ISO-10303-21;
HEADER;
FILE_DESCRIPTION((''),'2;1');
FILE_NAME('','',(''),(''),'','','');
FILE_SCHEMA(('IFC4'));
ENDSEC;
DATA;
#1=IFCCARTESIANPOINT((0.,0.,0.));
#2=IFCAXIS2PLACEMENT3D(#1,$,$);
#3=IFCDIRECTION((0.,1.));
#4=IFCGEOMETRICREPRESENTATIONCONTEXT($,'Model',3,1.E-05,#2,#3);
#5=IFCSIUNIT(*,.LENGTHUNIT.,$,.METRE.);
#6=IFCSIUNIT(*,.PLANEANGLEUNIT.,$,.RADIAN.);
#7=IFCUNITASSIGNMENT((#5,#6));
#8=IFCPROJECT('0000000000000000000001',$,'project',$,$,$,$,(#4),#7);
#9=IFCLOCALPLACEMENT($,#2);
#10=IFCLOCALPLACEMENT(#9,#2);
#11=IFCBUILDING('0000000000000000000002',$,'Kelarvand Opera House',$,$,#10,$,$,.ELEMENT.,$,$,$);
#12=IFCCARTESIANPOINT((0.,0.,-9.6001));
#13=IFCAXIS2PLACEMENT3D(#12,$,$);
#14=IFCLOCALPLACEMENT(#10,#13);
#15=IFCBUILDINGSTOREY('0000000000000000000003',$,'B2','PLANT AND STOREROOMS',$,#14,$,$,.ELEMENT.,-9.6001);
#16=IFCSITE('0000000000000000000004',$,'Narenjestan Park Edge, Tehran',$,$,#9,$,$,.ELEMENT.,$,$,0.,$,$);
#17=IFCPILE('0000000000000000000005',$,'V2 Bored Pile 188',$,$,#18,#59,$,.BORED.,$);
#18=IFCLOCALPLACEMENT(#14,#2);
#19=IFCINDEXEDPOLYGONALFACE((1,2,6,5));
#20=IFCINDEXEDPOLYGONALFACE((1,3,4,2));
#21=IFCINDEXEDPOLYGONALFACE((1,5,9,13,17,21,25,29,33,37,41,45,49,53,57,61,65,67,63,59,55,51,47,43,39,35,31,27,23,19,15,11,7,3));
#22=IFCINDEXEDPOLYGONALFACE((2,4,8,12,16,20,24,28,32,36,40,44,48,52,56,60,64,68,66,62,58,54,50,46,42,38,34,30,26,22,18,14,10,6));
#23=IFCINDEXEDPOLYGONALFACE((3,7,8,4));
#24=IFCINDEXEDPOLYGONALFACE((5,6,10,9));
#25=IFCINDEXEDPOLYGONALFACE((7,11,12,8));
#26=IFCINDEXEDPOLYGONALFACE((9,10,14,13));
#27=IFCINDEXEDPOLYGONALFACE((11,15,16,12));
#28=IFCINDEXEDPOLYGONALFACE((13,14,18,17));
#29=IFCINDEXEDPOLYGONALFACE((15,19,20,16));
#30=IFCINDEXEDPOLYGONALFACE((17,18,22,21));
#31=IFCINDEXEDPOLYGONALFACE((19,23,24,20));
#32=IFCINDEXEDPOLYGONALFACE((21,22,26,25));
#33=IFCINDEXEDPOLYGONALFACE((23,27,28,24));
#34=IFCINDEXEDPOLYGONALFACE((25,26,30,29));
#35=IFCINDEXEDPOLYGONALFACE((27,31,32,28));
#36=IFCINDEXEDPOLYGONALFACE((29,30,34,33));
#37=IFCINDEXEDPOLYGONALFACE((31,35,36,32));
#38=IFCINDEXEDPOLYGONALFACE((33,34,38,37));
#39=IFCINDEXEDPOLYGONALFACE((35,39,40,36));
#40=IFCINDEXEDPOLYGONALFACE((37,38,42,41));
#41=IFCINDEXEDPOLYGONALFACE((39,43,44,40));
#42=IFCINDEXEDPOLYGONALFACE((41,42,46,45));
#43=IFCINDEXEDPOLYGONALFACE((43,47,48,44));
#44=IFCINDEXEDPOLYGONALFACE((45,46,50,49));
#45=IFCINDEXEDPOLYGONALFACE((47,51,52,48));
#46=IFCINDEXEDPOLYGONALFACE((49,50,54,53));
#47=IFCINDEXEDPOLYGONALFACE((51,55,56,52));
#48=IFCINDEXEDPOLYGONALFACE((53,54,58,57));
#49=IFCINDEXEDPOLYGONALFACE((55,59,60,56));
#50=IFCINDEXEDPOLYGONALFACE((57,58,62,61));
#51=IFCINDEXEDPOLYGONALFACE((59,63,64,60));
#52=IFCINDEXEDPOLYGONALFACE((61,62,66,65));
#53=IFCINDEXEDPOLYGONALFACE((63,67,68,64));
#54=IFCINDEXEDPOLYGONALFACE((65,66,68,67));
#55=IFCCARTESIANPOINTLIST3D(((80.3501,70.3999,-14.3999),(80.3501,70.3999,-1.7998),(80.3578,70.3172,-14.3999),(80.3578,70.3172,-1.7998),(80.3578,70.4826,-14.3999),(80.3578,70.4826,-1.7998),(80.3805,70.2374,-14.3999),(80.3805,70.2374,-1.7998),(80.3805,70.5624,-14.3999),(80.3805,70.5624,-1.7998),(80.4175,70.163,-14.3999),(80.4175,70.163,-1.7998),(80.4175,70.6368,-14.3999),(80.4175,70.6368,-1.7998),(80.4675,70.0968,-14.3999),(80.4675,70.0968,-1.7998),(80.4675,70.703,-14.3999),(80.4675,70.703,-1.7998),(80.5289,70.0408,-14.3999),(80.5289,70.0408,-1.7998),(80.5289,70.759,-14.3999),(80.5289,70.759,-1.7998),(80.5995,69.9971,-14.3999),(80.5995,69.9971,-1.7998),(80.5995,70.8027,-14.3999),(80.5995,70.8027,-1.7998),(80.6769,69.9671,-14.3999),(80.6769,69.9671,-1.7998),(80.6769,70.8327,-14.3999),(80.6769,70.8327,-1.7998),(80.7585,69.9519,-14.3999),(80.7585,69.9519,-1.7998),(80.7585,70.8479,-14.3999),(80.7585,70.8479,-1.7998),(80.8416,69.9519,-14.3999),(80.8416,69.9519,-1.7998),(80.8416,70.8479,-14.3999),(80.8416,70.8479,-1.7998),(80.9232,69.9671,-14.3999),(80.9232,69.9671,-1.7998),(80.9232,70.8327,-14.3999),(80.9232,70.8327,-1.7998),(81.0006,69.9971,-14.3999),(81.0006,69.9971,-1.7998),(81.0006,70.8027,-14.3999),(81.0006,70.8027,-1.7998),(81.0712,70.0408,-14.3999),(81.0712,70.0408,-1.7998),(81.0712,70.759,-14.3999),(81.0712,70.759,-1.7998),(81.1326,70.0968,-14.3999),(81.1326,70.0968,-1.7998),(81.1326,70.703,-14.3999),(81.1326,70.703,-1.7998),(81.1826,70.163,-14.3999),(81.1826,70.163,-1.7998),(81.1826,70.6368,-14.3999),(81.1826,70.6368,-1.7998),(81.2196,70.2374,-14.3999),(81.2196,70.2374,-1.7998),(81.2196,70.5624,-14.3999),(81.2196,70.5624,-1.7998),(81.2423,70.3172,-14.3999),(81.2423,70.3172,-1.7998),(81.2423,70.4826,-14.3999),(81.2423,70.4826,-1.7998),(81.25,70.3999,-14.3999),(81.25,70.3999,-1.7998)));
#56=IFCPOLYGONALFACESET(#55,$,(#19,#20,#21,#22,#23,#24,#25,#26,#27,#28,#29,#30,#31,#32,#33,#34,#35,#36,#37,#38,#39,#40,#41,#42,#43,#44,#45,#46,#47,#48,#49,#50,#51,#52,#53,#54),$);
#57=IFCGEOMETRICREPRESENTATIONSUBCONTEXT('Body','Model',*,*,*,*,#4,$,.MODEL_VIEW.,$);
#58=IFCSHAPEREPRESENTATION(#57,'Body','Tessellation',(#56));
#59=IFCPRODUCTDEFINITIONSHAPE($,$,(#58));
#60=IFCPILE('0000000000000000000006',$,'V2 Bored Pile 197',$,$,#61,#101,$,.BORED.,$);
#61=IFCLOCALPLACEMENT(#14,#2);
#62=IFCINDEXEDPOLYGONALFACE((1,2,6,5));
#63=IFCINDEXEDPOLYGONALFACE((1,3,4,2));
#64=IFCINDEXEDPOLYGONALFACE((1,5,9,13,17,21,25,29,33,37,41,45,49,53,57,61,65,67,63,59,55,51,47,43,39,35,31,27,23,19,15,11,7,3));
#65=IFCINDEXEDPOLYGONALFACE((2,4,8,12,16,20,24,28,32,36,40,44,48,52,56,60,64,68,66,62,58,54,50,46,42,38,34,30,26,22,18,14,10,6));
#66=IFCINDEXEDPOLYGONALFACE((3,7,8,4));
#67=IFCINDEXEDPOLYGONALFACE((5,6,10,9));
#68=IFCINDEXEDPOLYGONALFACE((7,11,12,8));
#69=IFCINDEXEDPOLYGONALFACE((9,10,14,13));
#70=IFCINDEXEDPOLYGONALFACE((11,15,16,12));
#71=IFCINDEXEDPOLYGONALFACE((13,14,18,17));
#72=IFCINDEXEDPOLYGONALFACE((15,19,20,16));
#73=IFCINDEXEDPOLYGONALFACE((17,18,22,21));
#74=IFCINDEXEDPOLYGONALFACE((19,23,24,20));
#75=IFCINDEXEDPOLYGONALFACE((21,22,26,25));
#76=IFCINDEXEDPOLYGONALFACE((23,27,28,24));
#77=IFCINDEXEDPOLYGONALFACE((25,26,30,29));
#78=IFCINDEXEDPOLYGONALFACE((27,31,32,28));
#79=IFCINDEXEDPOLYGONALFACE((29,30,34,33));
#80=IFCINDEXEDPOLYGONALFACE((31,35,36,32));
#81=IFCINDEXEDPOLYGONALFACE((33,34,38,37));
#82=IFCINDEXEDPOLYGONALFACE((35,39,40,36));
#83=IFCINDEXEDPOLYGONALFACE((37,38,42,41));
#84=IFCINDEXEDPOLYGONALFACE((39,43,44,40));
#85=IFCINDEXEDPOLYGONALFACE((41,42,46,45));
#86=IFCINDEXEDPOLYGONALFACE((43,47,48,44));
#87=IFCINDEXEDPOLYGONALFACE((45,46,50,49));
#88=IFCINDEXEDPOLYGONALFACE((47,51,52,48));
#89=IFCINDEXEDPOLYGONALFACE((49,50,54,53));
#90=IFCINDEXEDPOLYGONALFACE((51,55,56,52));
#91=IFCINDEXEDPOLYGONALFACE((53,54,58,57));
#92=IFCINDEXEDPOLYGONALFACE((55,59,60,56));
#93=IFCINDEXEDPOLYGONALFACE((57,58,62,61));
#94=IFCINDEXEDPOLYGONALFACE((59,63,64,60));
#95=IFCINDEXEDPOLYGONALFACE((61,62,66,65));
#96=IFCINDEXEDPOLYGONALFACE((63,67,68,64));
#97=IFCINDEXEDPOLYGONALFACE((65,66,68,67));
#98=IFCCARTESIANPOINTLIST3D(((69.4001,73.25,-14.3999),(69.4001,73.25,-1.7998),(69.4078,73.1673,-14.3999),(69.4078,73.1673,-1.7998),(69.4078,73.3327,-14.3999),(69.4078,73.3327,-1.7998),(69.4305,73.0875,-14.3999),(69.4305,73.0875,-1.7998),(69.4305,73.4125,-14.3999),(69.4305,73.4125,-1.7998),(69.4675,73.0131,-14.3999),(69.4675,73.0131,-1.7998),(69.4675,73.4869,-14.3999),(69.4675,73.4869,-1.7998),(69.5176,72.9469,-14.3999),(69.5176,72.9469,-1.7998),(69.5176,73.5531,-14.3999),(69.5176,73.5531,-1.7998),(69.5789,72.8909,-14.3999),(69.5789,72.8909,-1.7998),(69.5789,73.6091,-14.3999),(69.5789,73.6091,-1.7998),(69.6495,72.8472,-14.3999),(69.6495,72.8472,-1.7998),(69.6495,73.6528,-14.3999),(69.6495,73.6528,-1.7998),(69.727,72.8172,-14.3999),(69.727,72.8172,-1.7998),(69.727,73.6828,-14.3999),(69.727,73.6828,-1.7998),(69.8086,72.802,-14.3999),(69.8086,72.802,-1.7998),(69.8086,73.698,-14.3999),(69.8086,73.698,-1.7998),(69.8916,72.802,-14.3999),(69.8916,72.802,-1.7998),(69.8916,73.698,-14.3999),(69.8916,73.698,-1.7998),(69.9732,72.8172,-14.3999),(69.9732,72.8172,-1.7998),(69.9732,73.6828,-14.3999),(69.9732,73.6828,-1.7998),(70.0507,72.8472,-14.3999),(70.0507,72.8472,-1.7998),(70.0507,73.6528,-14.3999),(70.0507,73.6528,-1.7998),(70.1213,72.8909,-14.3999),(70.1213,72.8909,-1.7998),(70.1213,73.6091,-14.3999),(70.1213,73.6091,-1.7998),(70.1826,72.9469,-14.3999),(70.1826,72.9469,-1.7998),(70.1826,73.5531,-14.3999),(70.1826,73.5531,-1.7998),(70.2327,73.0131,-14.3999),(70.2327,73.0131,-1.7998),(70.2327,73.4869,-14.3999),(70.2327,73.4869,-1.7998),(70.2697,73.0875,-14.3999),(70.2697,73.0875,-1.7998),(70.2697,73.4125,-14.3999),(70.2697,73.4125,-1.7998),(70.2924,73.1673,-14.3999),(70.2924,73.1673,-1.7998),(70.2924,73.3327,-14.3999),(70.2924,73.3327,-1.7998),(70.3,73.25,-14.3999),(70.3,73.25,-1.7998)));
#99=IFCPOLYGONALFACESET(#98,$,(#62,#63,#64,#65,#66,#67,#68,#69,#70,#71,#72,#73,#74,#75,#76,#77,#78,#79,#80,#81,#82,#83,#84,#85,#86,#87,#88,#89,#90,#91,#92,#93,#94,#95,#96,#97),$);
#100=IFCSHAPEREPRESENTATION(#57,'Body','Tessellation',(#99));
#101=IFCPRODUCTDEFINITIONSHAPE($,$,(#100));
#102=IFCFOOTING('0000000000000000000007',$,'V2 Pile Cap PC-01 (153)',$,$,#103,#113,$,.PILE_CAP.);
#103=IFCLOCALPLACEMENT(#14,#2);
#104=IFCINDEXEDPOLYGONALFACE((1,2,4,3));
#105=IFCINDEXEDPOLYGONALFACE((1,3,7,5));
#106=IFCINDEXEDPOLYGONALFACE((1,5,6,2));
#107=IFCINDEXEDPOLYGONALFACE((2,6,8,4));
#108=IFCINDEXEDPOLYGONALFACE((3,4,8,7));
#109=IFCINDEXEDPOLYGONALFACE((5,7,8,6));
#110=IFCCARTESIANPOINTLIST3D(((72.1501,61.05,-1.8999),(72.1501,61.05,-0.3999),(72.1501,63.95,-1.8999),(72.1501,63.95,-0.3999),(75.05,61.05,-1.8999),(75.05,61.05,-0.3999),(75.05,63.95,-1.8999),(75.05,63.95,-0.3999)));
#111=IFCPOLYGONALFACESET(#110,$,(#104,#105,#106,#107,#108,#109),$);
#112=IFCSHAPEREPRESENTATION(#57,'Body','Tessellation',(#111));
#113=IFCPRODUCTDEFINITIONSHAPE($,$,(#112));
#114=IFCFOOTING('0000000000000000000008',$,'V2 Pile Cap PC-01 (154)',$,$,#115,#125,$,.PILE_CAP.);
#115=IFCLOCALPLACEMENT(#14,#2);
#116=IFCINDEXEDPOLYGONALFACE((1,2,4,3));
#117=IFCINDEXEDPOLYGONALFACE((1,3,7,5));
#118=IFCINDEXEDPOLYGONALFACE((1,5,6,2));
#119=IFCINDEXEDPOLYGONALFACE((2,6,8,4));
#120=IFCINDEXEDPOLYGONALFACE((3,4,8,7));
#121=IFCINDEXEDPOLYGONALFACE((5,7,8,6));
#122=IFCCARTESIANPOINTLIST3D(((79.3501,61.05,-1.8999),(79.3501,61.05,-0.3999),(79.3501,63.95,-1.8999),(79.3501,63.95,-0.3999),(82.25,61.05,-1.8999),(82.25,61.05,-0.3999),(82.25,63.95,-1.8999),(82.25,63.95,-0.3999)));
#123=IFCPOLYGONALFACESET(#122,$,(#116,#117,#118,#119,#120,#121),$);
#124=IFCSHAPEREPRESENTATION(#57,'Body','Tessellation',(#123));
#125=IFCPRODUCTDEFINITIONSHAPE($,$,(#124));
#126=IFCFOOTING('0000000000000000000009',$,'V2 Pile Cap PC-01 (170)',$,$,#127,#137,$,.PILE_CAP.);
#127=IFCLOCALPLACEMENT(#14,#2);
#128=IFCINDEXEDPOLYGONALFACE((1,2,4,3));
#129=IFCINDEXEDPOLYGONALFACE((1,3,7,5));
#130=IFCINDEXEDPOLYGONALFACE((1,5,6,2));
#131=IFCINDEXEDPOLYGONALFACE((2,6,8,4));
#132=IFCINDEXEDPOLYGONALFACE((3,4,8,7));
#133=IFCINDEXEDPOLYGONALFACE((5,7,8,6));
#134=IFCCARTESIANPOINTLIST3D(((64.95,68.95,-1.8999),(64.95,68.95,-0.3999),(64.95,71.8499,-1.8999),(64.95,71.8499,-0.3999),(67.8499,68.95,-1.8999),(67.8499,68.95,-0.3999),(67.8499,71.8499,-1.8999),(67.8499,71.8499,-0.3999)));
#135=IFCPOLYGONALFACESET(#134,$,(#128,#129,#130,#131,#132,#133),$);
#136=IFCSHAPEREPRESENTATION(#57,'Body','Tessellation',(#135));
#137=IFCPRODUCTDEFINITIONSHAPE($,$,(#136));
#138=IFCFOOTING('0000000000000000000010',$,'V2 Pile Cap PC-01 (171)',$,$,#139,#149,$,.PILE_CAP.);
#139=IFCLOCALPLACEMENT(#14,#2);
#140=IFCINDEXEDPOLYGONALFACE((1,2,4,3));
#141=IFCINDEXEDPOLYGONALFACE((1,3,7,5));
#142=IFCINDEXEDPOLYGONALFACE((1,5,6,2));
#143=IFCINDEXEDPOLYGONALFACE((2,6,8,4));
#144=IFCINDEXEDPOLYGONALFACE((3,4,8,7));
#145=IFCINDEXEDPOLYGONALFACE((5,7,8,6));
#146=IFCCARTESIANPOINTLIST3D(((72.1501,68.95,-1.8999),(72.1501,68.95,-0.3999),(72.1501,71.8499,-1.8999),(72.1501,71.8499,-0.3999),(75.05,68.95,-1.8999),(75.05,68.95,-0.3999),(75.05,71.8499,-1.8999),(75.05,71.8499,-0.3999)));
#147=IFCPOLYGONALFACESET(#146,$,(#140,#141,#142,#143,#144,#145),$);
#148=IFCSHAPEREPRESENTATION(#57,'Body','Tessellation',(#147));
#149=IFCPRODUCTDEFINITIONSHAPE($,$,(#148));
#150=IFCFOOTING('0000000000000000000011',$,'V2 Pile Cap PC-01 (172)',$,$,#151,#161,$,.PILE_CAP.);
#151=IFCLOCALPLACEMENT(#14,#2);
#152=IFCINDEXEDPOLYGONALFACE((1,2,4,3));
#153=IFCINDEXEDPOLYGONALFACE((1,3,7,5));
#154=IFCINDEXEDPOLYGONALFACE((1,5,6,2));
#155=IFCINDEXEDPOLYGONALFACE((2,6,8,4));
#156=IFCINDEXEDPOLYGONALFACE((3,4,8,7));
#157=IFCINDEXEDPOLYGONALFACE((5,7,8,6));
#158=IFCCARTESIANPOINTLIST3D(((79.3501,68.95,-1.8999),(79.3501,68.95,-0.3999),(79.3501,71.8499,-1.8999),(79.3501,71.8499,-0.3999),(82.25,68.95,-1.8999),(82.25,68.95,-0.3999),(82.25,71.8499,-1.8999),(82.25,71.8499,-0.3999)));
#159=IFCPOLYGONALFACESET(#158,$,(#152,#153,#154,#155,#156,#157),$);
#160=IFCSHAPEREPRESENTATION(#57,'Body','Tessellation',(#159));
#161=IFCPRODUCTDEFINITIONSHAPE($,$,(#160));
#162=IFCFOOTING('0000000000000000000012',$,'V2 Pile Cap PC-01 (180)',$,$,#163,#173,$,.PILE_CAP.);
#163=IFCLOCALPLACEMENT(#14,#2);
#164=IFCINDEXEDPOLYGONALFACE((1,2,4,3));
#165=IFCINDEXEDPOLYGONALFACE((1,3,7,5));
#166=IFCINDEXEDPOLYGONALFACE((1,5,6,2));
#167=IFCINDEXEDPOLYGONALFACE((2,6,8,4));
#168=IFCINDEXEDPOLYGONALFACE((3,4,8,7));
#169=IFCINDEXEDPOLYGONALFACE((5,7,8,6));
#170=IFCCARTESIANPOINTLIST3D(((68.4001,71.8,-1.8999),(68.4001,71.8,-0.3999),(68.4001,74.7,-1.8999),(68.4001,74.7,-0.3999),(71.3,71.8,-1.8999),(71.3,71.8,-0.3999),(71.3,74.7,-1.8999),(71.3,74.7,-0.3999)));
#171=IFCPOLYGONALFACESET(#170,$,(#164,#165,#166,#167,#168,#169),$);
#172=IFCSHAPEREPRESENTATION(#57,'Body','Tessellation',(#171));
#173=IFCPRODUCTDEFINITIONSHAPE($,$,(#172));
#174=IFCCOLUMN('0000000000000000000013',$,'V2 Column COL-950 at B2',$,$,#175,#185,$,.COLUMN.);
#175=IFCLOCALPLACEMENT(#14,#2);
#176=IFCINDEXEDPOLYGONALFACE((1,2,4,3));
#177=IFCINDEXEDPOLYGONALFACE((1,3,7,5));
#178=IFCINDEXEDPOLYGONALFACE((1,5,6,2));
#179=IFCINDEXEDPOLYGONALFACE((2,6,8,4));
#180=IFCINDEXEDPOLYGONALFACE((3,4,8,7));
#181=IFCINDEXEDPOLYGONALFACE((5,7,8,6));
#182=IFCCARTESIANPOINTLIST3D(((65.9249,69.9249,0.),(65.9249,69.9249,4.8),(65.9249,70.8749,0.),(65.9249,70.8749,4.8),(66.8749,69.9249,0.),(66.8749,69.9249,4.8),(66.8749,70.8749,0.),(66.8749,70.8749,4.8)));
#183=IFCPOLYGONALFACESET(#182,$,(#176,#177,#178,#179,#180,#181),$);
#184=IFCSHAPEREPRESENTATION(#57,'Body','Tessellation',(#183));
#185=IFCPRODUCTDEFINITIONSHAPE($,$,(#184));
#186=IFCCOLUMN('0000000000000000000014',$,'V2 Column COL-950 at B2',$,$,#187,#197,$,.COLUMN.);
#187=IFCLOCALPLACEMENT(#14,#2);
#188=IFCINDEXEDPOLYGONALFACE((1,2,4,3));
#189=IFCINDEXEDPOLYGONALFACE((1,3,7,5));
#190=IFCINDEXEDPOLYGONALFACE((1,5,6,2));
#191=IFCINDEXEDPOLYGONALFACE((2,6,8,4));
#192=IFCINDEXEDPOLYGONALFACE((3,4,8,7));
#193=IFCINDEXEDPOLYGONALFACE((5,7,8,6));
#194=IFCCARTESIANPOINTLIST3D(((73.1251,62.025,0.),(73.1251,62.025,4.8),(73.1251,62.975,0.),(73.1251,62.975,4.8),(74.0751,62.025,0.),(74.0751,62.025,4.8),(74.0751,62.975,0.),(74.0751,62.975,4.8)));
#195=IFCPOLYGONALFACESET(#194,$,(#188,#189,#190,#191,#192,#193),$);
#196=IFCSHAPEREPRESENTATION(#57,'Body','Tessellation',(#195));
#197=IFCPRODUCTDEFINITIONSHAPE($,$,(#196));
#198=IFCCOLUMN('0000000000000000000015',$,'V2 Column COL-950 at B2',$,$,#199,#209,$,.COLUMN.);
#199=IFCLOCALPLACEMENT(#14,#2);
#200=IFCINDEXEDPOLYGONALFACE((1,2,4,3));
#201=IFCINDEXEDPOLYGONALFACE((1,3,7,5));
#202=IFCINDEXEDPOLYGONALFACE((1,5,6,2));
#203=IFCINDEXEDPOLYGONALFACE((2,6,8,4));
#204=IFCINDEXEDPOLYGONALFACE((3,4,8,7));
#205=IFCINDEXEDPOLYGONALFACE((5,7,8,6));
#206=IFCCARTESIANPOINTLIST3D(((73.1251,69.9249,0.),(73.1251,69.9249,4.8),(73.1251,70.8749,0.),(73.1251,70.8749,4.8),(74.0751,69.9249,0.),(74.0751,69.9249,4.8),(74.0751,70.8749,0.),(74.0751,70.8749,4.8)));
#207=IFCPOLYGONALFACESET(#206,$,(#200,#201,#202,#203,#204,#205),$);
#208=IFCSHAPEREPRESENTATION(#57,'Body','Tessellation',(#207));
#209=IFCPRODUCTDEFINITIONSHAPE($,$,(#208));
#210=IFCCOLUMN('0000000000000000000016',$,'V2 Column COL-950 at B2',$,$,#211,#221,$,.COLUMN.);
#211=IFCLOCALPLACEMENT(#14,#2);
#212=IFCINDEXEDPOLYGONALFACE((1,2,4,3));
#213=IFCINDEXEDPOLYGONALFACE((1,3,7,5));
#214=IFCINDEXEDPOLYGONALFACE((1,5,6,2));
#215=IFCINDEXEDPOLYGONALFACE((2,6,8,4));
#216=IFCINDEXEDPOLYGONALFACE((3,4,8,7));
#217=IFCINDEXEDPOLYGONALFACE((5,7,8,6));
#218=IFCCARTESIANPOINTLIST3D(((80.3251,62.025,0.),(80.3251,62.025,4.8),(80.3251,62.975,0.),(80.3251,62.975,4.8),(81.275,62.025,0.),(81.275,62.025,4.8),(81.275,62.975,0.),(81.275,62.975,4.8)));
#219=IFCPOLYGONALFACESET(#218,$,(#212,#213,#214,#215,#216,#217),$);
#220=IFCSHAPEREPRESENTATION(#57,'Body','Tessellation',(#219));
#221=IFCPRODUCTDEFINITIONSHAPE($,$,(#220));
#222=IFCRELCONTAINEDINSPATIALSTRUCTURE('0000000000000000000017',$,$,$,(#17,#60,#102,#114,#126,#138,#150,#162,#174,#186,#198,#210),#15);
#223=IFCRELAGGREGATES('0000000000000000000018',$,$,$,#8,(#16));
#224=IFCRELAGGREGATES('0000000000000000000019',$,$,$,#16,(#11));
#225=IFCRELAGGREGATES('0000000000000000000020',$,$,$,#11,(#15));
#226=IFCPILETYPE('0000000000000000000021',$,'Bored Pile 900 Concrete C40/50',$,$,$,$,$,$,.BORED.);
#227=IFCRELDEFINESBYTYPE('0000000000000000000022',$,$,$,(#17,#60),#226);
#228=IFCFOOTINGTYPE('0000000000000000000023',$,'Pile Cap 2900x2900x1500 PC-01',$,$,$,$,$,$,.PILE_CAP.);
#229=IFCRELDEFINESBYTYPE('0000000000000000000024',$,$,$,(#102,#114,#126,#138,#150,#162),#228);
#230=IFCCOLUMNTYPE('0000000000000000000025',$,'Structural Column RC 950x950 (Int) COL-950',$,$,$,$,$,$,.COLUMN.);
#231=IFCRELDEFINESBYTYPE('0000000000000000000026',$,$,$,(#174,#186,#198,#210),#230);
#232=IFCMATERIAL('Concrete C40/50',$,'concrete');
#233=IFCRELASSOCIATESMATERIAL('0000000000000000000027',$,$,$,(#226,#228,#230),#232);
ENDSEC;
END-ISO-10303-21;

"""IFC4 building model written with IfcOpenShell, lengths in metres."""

from ifc_helpers import new_model, si_unit, direction, frame, origin, origin_2d, place, context, subcontext, project, spatial, rectangle, circle, extrude, material, material_profile, profile_set, type_object, element, save


model = new_model("IFC4")

# Units and contexts
model_context = context("Model", 3, precision=1e-05, world=origin(), true_north=direction((0.0, 1.0)))
body_context = subcontext(model_context, "Body", "Model", "MODEL_VIEW")
ifc_project = project(units=[si_unit("LENGTHUNIT", "METRE"), si_unit("PLANEANGLEUNIT", "RADIAN")], contexts=[model_context])

# Site, building, storey
site_placement = place(None, origin())
site = spatial("IfcSite", under=ifc_project, at=site_placement, Name="Narenjestan Park Edge, Tehran", CompositionType="ELEMENT", RefElevation=0.0)
building_placement = place(site_placement, origin())
building = spatial("IfcBuilding", under=site, at=building_placement, Name="Kelarvand Opera House", CompositionType="ELEMENT")
storey_placement = place(building_placement, frame((0.0, 0.0, -9.6001)))
storey = spatial("IfcBuildingStorey", under=building, at=storey_placement, Name="B2", Description="PLANT AND STOREROOMS", CompositionType="ELEMENT", Elevation=-9.6001)

# Piles
ifc_material_1 = material(Name="Concrete C40/50", Category="concrete")
ifc_material_profile_1 = material_profile(ifc_material_1, circle(Radius=0.45, at=origin_2d()), Name="BP 900", Category="concrete")
ifc_profile_set_1 = profile_set([ifc_material_profile_1], Name="Concrete C40/50")
pile_type_1 = type_object("IfcPileType", Name="Bored Pile 900 Concrete C40/50", PredefinedType="BORED", material=ifc_profile_set_1)
for number, where, z_axis, x_axis, name in (
    (1, (80.8, 70.3999, -1.7998), (0.0, 0.0, -1.0), (1.0, 0.0, 0.0), "V2 Bored Pile 188"),
    (2, (69.8501, 73.25, -1.7998), (0.0, 0.0, -1.0), (1.0, 0.0, 0.0), "V2 Bored Pile 197"),
):
    element("IfcPile", number, at=place(storey_placement, frame(where, z_axis=z_axis, x_axis=x_axis)), inside=storey, type_object=pile_type_1, Name=name, PredefinedType="BORED", context=body_context, shape_type="SweptSolid", body=[
        extrude(circle(Radius=0.45, at=origin_2d()), origin(), (0.0, 0.0, 1.0), 12.6001),
    ])

# Footings
footing_type = type_object("IfcFootingType", Name="Pile Cap 2900x2900x1500 PC-01", PredefinedType="PILE_CAP", material=ifc_material_1)
for number, where, z_axis, x_axis, name in (
    (3, (73.6001, 62.5, -1.8999), (0.0, 0.0, 1.0), (1.0, 0.0, 0.0), "V2 Pile Cap PC-01 (153)"),
    (4, (80.8, 62.5, -1.8999), (0.0, 0.0, 1.0), (1.0, 0.0, 0.0), "V2 Pile Cap PC-01 (154)"),
    (5, (66.3999, 70.3999, -1.8999), (0.0, 0.0, 1.0), (1.0, 0.0, 0.0), "V2 Pile Cap PC-01 (170)"),
    (6, (73.6001, 70.3999, -1.8999), (0.0, 0.0, 1.0), (1.0, 0.0, 0.0), "V2 Pile Cap PC-01 (171)"),
    (7, (80.8, 70.3999, -1.8999), (0.0, 0.0, 1.0), (1.0, 0.0, 0.0), "V2 Pile Cap PC-01 (172)"),
    (8, (69.8501, 73.25, -1.8999), (0.0, 0.0, 1.0), (1.0, 0.0, 0.0), "V2 Pile Cap PC-01 (180)"),
):
    element("IfcFooting", number, at=place(storey_placement, frame(where, z_axis=z_axis, x_axis=x_axis)), inside=storey, type_object=footing_type, Name=name, PredefinedType="PILE_CAP", context=body_context, shape_type="SweptSolid", body=[
        extrude(rectangle(XDim=2.8999, YDim=2.8999, at=origin_2d()), origin(), (0.0, 0.0, 1.0), 1.5),
    ])

# Columns
ifc_material_profile_2 = material_profile(ifc_material_1, rectangle(XDim=0.95, YDim=0.95, at=origin_2d()), Name="RC 950x950", Category="concrete")
ifc_profile_set_2 = profile_set([ifc_material_profile_2], Name="Concrete C40/50")
column_type = type_object("IfcColumnType", Name="Structural Column RC 950x950 (Int) COL-950", PredefinedType="COLUMN", material=ifc_profile_set_2)
for number, where, z_axis, x_axis, name in (
    (9, (66.3999, 70.3999, 0.0), (0.0, 0.0, 1.0), (1.0, 0.0, 0.0), "V2 Column COL-950 at B2"),
    (10, (73.6001, 62.5, 0.0), (0.0, 0.0, 1.0), (1.0, 0.0, 0.0), "V2 Column COL-950 at B2"),
    (11, (73.6001, 70.3999, 0.0), (0.0, 0.0, 1.0), (1.0, 0.0, 0.0), "V2 Column COL-950 at B2"),
    (12, (80.8, 62.5, 0.0), (0.0, 0.0, 1.0), (1.0, 0.0, 0.0), "V2 Column COL-950 at B2"),
):
    element("IfcColumn", number, at=place(storey_placement, frame(where, z_axis=z_axis, x_axis=x_axis)), inside=storey, type_object=column_type, Name=name, PredefinedType="COLUMN", context=body_context, shape_type="SweptSolid", body=[
        extrude(rectangle(XDim=0.95, YDim=0.95, at=origin_2d()), origin(), (0.0, 0.0, 1.0), 4.8),
    ])

save(model, "model.ifc")
